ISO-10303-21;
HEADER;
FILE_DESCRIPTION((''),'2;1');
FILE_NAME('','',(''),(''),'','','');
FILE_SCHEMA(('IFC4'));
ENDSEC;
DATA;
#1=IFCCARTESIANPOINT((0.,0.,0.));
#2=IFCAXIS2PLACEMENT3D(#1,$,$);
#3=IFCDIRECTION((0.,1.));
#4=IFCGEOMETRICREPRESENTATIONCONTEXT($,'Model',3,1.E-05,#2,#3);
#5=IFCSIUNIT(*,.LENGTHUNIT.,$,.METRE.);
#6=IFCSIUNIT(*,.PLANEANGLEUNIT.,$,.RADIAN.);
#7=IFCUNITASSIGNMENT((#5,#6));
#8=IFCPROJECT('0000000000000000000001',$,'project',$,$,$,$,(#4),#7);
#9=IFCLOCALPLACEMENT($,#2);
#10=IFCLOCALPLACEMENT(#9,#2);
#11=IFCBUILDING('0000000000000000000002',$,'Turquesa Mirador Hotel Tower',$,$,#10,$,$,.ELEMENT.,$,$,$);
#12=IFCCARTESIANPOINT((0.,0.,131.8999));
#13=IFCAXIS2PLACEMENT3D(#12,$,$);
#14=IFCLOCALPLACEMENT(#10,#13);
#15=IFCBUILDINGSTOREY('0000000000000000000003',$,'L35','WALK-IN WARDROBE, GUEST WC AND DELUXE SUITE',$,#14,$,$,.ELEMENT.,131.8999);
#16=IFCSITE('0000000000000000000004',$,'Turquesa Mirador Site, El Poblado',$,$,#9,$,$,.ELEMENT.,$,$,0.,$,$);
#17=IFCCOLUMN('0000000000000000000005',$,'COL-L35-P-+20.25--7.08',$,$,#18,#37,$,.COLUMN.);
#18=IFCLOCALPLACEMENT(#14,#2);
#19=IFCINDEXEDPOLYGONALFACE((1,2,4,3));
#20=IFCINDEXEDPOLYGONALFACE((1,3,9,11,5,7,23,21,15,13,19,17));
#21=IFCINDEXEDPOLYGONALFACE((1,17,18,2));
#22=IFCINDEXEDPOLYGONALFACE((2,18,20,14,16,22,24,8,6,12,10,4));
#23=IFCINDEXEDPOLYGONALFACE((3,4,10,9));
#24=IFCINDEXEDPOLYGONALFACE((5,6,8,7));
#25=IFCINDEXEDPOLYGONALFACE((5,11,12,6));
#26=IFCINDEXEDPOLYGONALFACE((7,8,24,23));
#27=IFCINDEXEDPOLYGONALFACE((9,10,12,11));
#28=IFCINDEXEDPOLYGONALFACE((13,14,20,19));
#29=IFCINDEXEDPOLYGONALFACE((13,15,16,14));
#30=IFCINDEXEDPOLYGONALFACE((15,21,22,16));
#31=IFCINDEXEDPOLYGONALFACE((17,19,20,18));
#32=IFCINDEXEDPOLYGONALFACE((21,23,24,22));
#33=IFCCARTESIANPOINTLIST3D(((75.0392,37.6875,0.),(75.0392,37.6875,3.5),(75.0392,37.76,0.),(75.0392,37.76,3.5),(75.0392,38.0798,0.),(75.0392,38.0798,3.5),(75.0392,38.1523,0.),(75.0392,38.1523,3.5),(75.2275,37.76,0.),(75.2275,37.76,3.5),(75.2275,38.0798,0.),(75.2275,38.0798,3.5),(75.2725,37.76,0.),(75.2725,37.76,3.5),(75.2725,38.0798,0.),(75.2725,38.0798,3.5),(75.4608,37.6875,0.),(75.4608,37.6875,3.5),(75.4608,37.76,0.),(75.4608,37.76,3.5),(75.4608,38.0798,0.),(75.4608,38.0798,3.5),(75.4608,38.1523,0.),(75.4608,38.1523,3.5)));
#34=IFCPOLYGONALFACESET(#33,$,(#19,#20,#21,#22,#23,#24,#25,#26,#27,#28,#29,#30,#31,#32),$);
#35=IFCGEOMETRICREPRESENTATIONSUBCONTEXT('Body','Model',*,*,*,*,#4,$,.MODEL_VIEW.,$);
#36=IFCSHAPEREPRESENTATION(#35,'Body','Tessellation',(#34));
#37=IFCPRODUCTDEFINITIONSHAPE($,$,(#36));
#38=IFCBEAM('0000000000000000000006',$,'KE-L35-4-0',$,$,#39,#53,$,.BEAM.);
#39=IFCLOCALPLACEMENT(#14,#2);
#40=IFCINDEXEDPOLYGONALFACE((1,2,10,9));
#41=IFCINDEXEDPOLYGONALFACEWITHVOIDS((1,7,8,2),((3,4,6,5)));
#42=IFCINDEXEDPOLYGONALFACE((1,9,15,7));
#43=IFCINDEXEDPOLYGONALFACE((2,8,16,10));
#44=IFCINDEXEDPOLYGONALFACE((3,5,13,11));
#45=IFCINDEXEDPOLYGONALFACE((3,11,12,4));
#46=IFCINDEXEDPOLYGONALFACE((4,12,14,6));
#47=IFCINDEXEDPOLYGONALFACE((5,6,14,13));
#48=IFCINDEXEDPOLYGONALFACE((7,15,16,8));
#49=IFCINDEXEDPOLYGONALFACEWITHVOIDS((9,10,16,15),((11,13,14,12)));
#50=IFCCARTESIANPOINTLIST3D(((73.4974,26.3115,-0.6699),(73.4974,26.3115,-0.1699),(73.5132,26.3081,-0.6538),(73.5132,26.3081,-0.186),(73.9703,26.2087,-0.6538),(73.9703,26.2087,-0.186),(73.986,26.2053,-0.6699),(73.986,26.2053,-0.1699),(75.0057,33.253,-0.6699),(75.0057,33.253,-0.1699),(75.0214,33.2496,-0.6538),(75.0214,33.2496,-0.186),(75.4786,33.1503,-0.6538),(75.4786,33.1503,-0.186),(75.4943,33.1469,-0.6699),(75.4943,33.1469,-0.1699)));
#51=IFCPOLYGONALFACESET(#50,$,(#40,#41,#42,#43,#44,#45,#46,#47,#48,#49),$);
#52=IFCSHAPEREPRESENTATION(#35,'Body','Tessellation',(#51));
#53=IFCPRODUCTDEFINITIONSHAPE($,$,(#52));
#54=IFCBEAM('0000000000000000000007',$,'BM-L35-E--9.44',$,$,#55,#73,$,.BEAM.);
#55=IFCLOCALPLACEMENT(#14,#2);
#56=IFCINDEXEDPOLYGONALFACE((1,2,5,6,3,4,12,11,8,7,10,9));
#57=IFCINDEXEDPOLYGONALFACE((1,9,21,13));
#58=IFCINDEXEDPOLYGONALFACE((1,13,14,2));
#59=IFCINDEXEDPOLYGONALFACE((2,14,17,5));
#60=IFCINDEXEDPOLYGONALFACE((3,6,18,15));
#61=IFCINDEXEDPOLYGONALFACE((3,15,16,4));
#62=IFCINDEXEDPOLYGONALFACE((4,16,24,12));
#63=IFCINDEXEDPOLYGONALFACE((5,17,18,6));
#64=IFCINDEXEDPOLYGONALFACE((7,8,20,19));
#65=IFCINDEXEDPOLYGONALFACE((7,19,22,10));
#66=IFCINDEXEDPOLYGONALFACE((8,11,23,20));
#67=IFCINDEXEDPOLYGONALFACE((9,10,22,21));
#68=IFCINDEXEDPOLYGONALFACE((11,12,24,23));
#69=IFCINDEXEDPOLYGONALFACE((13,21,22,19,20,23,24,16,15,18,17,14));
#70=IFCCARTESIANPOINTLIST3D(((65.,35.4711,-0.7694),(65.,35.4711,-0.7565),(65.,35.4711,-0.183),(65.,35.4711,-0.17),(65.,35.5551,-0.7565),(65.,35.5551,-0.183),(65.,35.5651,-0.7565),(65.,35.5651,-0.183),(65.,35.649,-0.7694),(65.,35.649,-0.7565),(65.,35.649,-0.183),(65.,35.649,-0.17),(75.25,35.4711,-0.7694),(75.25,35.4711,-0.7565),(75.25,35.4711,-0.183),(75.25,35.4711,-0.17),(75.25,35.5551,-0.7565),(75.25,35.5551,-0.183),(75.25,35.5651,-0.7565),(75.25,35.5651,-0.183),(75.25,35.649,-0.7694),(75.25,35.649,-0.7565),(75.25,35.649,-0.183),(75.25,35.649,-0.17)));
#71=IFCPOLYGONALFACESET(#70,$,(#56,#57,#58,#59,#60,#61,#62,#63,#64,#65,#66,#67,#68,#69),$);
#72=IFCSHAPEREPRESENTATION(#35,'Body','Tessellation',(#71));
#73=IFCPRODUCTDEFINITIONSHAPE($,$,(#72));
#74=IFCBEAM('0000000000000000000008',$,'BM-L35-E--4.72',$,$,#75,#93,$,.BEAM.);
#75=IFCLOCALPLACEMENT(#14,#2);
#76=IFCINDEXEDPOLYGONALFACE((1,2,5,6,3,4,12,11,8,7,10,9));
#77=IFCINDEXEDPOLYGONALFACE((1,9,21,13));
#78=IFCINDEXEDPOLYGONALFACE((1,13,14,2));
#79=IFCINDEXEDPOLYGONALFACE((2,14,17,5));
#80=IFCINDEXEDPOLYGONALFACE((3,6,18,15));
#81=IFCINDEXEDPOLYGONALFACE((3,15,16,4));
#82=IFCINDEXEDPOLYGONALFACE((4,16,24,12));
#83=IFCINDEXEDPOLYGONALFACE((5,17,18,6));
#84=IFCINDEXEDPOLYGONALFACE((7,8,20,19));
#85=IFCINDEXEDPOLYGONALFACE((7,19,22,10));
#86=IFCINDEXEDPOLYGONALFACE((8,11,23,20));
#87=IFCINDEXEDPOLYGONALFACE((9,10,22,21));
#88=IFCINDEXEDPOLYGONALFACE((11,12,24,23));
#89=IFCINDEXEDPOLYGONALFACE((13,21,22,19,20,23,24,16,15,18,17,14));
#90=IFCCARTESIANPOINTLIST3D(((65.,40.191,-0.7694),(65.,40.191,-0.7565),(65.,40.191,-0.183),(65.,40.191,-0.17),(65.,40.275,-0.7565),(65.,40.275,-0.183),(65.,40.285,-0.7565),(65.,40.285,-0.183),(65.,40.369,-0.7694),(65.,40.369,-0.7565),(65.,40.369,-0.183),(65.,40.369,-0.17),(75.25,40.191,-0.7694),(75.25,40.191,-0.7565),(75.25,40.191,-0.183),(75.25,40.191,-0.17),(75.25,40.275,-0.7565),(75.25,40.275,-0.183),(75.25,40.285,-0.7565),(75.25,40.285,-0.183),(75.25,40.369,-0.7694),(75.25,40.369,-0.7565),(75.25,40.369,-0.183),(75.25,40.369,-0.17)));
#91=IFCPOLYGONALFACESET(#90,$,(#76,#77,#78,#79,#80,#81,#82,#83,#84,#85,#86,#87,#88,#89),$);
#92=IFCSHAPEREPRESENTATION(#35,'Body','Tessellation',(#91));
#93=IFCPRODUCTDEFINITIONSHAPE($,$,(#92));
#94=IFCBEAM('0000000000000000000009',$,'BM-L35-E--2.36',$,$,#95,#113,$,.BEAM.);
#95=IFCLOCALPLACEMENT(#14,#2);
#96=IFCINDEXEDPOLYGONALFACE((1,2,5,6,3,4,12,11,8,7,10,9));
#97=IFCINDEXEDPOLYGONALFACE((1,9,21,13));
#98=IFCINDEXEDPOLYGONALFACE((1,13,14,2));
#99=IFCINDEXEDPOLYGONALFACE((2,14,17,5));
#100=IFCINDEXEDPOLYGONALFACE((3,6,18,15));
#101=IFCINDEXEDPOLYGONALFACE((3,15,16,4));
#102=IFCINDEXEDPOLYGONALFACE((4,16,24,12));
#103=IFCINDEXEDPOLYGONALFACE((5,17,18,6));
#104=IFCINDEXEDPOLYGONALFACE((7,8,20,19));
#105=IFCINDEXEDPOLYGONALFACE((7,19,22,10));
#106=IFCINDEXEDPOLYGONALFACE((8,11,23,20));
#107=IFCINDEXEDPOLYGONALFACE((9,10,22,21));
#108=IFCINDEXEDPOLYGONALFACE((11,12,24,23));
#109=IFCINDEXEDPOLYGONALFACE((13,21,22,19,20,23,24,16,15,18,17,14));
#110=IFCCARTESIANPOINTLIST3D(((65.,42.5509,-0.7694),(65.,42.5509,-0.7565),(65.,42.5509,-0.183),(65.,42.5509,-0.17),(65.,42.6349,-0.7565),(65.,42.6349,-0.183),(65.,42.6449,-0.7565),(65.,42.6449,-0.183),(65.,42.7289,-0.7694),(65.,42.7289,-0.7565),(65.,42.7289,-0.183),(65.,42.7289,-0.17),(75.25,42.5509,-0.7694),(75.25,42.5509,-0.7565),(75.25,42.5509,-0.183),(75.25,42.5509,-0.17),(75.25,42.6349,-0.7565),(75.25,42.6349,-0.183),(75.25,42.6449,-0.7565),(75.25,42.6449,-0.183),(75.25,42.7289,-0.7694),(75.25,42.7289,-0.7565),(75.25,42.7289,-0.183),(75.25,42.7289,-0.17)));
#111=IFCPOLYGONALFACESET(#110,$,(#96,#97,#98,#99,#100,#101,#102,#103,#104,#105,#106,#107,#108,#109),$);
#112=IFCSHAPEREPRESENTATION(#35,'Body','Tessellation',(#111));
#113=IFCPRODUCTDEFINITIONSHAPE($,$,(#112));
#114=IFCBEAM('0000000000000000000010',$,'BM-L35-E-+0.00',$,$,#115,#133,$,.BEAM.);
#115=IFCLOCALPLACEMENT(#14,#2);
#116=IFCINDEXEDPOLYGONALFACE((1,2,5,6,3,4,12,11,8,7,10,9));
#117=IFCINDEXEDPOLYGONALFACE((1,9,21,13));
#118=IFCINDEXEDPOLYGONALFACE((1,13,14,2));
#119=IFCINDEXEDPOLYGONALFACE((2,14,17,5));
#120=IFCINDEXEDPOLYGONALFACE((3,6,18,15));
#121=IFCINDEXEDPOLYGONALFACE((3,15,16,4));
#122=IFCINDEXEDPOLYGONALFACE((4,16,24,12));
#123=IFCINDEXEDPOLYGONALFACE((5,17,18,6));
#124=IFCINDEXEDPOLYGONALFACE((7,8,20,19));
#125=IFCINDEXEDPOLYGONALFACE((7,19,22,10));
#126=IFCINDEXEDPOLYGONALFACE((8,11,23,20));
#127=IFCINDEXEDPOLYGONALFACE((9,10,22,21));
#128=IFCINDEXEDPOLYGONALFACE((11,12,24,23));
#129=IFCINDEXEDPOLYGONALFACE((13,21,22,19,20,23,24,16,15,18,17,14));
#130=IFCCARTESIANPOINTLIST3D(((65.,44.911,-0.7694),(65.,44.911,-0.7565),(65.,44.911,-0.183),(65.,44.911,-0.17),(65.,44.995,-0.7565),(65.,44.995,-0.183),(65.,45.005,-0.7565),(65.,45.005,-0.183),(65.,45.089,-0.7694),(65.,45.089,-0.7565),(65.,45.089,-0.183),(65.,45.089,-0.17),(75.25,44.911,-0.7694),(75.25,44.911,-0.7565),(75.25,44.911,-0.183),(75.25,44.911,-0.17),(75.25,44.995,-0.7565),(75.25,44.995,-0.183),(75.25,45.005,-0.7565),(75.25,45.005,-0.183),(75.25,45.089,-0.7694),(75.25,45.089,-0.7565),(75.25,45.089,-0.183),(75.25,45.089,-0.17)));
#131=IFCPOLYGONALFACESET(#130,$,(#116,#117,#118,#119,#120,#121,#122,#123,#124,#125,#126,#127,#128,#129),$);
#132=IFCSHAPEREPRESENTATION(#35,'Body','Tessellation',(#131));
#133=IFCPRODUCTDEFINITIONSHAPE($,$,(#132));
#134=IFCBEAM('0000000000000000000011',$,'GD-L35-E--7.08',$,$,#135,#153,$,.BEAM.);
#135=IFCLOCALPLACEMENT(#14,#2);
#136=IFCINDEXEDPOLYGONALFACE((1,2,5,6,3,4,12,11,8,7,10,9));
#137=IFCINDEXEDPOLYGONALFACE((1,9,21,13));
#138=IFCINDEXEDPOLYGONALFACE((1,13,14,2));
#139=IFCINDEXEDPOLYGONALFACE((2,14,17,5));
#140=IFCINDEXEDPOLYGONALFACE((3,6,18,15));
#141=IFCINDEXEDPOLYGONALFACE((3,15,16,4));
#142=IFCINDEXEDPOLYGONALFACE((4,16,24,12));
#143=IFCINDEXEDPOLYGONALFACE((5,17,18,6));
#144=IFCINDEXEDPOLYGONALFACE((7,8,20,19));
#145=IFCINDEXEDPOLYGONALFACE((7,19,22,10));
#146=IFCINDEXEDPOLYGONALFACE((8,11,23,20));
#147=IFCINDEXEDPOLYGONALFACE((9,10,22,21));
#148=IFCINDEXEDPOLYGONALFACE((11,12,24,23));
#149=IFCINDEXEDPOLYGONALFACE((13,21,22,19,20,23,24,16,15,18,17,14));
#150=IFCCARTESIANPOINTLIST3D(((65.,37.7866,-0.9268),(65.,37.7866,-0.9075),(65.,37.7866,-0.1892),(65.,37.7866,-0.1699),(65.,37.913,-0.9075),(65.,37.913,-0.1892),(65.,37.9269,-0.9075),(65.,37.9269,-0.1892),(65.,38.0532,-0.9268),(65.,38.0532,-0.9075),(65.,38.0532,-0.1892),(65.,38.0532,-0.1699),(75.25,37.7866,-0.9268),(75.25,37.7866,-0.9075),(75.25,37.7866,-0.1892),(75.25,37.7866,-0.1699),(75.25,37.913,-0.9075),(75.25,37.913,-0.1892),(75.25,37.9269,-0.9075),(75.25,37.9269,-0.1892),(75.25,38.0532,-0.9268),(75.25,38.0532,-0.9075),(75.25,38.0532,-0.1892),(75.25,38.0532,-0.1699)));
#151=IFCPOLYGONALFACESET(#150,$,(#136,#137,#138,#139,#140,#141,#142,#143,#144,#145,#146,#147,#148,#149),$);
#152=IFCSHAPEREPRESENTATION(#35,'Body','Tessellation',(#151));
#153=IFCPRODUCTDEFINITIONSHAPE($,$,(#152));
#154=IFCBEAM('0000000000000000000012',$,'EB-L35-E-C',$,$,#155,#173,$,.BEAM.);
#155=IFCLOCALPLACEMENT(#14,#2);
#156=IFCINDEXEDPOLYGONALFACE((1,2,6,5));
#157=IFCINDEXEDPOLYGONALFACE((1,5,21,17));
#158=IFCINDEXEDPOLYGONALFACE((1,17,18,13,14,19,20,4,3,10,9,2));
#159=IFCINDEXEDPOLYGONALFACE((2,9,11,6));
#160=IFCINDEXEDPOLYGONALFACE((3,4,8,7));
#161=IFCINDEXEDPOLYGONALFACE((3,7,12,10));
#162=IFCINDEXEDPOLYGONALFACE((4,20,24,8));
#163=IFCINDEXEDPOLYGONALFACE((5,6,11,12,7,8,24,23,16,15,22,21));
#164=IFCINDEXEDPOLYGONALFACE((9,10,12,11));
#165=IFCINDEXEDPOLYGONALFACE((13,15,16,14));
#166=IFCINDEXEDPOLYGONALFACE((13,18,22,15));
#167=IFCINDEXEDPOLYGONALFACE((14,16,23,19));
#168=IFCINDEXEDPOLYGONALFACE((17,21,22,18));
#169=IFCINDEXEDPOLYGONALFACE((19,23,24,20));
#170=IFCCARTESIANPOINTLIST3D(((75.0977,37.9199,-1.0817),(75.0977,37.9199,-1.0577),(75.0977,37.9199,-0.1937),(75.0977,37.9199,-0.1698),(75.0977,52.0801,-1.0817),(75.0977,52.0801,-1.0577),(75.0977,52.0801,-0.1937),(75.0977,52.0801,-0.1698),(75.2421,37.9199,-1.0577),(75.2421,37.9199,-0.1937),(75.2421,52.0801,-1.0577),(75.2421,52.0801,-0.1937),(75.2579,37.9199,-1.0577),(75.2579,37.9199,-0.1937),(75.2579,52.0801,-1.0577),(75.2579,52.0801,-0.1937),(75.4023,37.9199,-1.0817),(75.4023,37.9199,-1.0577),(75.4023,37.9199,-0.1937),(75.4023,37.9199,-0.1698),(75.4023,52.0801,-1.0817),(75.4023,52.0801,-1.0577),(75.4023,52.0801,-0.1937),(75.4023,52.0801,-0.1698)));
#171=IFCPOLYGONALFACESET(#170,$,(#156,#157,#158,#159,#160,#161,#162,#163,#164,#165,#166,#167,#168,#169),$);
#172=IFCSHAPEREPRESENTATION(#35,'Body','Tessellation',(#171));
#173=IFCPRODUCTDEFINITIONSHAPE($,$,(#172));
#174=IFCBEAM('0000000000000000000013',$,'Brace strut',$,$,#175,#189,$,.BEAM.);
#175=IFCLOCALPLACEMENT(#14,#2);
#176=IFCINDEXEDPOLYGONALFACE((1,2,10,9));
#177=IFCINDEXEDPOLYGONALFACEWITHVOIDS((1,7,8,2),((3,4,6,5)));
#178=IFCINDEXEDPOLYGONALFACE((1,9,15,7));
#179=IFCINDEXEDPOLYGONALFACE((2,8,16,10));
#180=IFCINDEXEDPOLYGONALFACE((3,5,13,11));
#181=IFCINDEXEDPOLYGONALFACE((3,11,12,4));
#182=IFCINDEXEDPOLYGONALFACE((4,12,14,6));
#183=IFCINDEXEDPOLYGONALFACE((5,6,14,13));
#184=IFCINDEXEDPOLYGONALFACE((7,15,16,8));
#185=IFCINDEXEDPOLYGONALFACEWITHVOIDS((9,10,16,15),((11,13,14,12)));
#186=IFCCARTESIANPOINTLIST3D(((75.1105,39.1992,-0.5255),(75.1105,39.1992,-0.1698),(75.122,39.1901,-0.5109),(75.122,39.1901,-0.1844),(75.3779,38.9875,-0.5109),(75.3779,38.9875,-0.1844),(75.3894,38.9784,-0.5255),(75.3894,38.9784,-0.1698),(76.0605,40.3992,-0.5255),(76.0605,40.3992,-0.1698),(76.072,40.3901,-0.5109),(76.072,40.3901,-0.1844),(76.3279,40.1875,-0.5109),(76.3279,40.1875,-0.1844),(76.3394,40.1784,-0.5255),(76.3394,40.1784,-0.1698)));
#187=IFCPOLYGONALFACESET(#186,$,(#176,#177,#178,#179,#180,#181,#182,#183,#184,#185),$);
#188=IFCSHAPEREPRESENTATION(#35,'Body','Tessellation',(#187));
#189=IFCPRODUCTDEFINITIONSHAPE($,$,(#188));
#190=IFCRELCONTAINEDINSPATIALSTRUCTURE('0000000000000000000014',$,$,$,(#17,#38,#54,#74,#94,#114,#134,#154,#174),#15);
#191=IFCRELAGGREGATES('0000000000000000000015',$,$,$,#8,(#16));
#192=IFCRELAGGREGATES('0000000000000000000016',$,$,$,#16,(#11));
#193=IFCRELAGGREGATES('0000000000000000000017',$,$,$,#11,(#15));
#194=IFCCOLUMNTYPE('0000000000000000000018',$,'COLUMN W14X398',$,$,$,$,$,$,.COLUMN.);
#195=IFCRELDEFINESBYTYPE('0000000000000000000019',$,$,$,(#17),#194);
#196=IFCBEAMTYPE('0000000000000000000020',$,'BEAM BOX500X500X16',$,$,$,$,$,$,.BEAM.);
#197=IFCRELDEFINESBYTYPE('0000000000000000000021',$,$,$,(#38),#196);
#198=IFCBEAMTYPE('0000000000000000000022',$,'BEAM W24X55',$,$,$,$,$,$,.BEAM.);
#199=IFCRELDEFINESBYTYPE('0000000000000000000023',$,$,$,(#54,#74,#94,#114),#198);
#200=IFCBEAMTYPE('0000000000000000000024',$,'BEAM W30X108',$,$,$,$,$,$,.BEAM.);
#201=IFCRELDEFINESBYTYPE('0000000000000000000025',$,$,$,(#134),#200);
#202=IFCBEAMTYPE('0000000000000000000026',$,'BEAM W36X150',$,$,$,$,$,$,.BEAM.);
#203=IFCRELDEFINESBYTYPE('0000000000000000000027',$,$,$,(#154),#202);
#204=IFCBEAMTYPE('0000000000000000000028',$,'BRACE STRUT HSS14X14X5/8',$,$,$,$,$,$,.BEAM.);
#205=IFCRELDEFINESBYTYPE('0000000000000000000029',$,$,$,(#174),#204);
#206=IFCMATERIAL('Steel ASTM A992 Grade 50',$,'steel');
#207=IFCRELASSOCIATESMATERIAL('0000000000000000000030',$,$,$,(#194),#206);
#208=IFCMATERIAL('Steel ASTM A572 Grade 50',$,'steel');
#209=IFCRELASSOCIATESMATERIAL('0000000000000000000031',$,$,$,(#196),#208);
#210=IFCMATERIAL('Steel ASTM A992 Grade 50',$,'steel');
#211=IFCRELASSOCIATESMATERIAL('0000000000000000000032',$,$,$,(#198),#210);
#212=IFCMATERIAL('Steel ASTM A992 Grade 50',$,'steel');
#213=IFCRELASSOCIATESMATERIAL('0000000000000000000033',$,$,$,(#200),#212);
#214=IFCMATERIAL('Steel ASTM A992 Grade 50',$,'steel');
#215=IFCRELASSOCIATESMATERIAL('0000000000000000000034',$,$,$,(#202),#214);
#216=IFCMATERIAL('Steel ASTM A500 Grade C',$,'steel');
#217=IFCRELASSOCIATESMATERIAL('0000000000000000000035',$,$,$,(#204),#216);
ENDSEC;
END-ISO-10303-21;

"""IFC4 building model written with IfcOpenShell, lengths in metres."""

from ifc_helpers import new_model, si_unit, direction, frame, origin, origin_2d, place, context, subcontext, project, spatial, hollow_rectangle, i_section, extrude, material, material_profile, profile_set, type_object, element, save


model = new_model("IFC4")

# Units and contexts
model_context = context("Model", 3, precision=1e-05, world=origin(), true_north=direction((0.0, 1.0)))
body_context = subcontext(model_context, "Body", "Model", "MODEL_VIEW")
ifc_project = project(units=[si_unit("LENGTHUNIT", "METRE"), si_unit("PLANEANGLEUNIT", "RADIAN")], contexts=[model_context])

# Site, building, storey
site_placement = place(None, origin())
site = spatial("IfcSite", under=ifc_project, at=site_placement, Name="Turquesa Mirador Site, El Poblado", CompositionType="ELEMENT", RefElevation=0.0)
building_placement = place(site_placement, origin())
building = spatial("IfcBuilding", under=site, at=building_placement, Name="Turquesa Mirador Hotel Tower", CompositionType="ELEMENT")
storey_placement = place(building_placement, frame((0.0, 0.0, 131.8999)))
storey = spatial("IfcBuildingStorey", under=building, at=storey_placement, Name="L35", Description="WALK-IN WARDROBE, GUEST WC AND DELUXE SUITE", CompositionType="ELEMENT", Elevation=131.8999)

# Column
ifc_material_1 = material(Name="Steel ASTM A992 Grade 50", Category="steel")
ifc_material_profile_1 = material_profile(ifc_material_1, i_section(OverallWidth=0.4216, OverallDepth=0.4648, WebThickness=0.0449, FlangeThickness=0.0725, at=origin_2d()), Name="W14X398")
ifc_profile_set_1 = profile_set([ifc_material_profile_1], Name="Steel ASTM A992 Grade 50")
column_type = type_object("IfcColumnType", Name="COLUMN W14X398", PredefinedType="COLUMN", material=ifc_profile_set_1)
column_placement = place(storey_placement, frame((75.25, 37.9199, 0.0), z_axis=(0.0, 0.0, 1.0), x_axis=(1.0, 0.0, 0.0)))
element("IfcColumn", 1, at=column_placement, inside=storey, type_object=column_type, Name="COL-L35-P-+20.25--7.08", PredefinedType="COLUMN", context=body_context, shape_type="SweptSolid", body=[
    extrude(i_section(OverallWidth=0.4216, OverallDepth=0.4648, WebThickness=0.0449, FlangeThickness=0.0725, at=origin_2d()), origin(), (0.0, 0.0, 1.0), 3.5),
])

# Beams
ifc_material_2 = material(Name="Steel ASTM A572 Grade 50", Category="steel")
ifc_material_profile_2 = material_profile(ifc_material_2, hollow_rectangle(XDim=0.5, YDim=0.5, WallThickness=0.0161, at=origin_2d()), Name="BOX500X500X16")
ifc_profile_set_2 = profile_set([ifc_material_profile_2], Name="Steel ASTM A572 Grade 50")
beam_type_1 = type_object("IfcBeamType", Name="BEAM BOX500X500X16", PredefinedType="BEAM", material=ifc_profile_set_2)
beam_1_placement = place(storey_placement, frame((75.25, 33.2, -0.4199), z_axis=(-0.212328, -0.977198, 0.0), x_axis=(0.977198, -0.212328, 0.0)))
element("IfcBeam", 2, at=beam_1_placement, inside=storey, type_object=beam_type_1, Name="KE-L35-4-0", PredefinedType="BEAM", context=body_context, shape_type="SweptSolid", body=[
    extrude(hollow_rectangle(XDim=0.5, YDim=0.5, WallThickness=0.0161, at=origin_2d()), origin(), (0.0, 0.0, 1.0), 7.1035),
])
ifc_material_3 = material(Name="Steel ASTM A992 Grade 50", Category="steel")
ifc_material_profile_3 = material_profile(ifc_material_3, i_section(OverallWidth=0.178, OverallDepth=0.5994, WebThickness=0.01, FlangeThickness=0.0129, at=origin_2d()), Name="W24X55")
ifc_profile_set_3 = profile_set([ifc_material_profile_3], Name="Steel ASTM A992 Grade 50")
beam_type_2 = type_object("IfcBeamType", Name="BEAM W24X55", PredefinedType="BEAM", material=ifc_profile_set_3)
for number, where, z_axis, x_axis, name in (
    (3, (75.25, 35.5601, -0.4697), (-1.0, 0.0, 0.0), (0.0, -1.0, 0.0), "BM-L35-E--9.44"),
    (4, (75.25, 40.28, -0.4697), (-1.0, 0.0, 0.0), (0.0, -1.0, 0.0), "BM-L35-E--4.72"),
    (5, (75.25, 42.6399, -0.4697), (-1.0, 0.0, 0.0), (0.0, -1.0, 0.0), "BM-L35-E--2.36"),
    (6, (75.25, 45.0, -0.4697), (-1.0, 0.0, 0.0), (0.0, -1.0, 0.0), "BM-L35-E-+0.00"),
):
    element("IfcBeam", number, at=place(storey_placement, frame(where, z_axis=z_axis, x_axis=x_axis)), inside=storey, type_object=beam_type_2, Name=name, PredefinedType="BEAM", context=body_context, shape_type="SweptSolid", body=[
        extrude(i_section(OverallWidth=0.178, OverallDepth=0.5994, WebThickness=0.01, FlangeThickness=0.0129, at=origin_2d()), origin(), (0.0, 0.0, 1.0), 10.25),
    ])
ifc_material_4 = material(Name="Steel ASTM A992 Grade 50", Category="steel")
ifc_material_profile_4 = material_profile(ifc_material_4, i_section(OverallWidth=0.2666, OverallDepth=0.7568, WebThickness=0.0139, FlangeThickness=0.0193, at=origin_2d()), Name="W30X108")
ifc_profile_set_4 = profile_set([ifc_material_profile_4], Name="Steel ASTM A992 Grade 50")
beam_type_3 = type_object("IfcBeamType", Name="BEAM W30X108", PredefinedType="BEAM", material=ifc_profile_set_4)
beam_2_placement = place(storey_placement, frame((75.25, 37.9199, -0.5483), z_axis=(-1.0, 0.0, 0.0), x_axis=(0.0, -1.0, 0.0)))
element("IfcBeam", 7, at=beam_2_placement, inside=storey, type_object=beam_type_3, Name="GD-L35-E--7.08", PredefinedType="BEAM", context=body_context, shape_type="SweptSolid", body=[
    extrude(i_section(OverallWidth=0.2666, OverallDepth=0.7568, WebThickness=0.0139, FlangeThickness=0.0193, at=origin_2d()), origin(), (0.0, 0.0, 1.0), 10.25),
])
ifc_material_5 = material(Name="Steel ASTM A992 Grade 50", Category="steel")
ifc_material_profile_5 = material_profile(ifc_material_5, i_section(OverallWidth=0.3047, OverallDepth=0.9119, WebThickness=0.0159, FlangeThickness=0.0239, at=origin_2d()), Name="W36X150")
ifc_profile_set_5 = profile_set([ifc_material_profile_5], Name="Steel ASTM A992 Grade 50")
beam_type_4 = type_object("IfcBeamType", Name="BEAM W36X150", PredefinedType="BEAM", material=ifc_profile_set_5)
beam_3_placement = place(storey_placement, frame((75.25, 37.9199, -0.6257), z_axis=(0.0, 1.0, 0.0), x_axis=(-1.0, 0.0, 0.0)))
element("IfcBeam", 8, at=beam_3_placement, inside=storey, type_object=beam_type_4, Name="EB-L35-E-C", PredefinedType="BEAM", context=body_context, shape_type="SweptSolid", body=[
    extrude(i_section(OverallWidth=0.3047, OverallDepth=0.9119, WebThickness=0.0159, FlangeThickness=0.0239, at=origin_2d()), origin(), (0.0, 0.0, 1.0), 14.1602),
])
ifc_material_6 = material(Name="Steel ASTM A500 Grade C", Category="steel")
ifc_material_profile_6 = material_profile(ifc_material_6, hollow_rectangle(XDim=0.3557, YDim=0.3557, WallThickness=0.0146, at=origin_2d()), Name="HSS14X14X5/8")
ifc_profile_set_6 = profile_set([ifc_material_profile_6], Name="Steel ASTM A500 Grade C")
beam_type_5 = type_object("IfcBeamType", Name="BRACE STRUT HSS14X14X5/8", PredefinedType="BEAM", material=ifc_profile_set_6)
for number, where, z_axis, x_axis, name in (
    (9, (76.2, 40.2888, -0.3477), (-0.620699, -0.784049, 0.0), (0.784049, -0.620699, 0.0), "Brace strut"),
):
    element("IfcBeam", number, at=place(storey_placement, frame(where, z_axis=z_axis, x_axis=x_axis)), inside=storey, type_object=beam_type_5, Name=name, PredefinedType="BEAM", context=body_context, shape_type="SweptSolid", body=[
        extrude(hollow_rectangle(XDim=0.3557, YDim=0.3557, WallThickness=0.0146, at=origin_2d()), origin(), (0.0, 0.0, 1.0), 1.5305),
    ])

save(model, "model.ifc")
